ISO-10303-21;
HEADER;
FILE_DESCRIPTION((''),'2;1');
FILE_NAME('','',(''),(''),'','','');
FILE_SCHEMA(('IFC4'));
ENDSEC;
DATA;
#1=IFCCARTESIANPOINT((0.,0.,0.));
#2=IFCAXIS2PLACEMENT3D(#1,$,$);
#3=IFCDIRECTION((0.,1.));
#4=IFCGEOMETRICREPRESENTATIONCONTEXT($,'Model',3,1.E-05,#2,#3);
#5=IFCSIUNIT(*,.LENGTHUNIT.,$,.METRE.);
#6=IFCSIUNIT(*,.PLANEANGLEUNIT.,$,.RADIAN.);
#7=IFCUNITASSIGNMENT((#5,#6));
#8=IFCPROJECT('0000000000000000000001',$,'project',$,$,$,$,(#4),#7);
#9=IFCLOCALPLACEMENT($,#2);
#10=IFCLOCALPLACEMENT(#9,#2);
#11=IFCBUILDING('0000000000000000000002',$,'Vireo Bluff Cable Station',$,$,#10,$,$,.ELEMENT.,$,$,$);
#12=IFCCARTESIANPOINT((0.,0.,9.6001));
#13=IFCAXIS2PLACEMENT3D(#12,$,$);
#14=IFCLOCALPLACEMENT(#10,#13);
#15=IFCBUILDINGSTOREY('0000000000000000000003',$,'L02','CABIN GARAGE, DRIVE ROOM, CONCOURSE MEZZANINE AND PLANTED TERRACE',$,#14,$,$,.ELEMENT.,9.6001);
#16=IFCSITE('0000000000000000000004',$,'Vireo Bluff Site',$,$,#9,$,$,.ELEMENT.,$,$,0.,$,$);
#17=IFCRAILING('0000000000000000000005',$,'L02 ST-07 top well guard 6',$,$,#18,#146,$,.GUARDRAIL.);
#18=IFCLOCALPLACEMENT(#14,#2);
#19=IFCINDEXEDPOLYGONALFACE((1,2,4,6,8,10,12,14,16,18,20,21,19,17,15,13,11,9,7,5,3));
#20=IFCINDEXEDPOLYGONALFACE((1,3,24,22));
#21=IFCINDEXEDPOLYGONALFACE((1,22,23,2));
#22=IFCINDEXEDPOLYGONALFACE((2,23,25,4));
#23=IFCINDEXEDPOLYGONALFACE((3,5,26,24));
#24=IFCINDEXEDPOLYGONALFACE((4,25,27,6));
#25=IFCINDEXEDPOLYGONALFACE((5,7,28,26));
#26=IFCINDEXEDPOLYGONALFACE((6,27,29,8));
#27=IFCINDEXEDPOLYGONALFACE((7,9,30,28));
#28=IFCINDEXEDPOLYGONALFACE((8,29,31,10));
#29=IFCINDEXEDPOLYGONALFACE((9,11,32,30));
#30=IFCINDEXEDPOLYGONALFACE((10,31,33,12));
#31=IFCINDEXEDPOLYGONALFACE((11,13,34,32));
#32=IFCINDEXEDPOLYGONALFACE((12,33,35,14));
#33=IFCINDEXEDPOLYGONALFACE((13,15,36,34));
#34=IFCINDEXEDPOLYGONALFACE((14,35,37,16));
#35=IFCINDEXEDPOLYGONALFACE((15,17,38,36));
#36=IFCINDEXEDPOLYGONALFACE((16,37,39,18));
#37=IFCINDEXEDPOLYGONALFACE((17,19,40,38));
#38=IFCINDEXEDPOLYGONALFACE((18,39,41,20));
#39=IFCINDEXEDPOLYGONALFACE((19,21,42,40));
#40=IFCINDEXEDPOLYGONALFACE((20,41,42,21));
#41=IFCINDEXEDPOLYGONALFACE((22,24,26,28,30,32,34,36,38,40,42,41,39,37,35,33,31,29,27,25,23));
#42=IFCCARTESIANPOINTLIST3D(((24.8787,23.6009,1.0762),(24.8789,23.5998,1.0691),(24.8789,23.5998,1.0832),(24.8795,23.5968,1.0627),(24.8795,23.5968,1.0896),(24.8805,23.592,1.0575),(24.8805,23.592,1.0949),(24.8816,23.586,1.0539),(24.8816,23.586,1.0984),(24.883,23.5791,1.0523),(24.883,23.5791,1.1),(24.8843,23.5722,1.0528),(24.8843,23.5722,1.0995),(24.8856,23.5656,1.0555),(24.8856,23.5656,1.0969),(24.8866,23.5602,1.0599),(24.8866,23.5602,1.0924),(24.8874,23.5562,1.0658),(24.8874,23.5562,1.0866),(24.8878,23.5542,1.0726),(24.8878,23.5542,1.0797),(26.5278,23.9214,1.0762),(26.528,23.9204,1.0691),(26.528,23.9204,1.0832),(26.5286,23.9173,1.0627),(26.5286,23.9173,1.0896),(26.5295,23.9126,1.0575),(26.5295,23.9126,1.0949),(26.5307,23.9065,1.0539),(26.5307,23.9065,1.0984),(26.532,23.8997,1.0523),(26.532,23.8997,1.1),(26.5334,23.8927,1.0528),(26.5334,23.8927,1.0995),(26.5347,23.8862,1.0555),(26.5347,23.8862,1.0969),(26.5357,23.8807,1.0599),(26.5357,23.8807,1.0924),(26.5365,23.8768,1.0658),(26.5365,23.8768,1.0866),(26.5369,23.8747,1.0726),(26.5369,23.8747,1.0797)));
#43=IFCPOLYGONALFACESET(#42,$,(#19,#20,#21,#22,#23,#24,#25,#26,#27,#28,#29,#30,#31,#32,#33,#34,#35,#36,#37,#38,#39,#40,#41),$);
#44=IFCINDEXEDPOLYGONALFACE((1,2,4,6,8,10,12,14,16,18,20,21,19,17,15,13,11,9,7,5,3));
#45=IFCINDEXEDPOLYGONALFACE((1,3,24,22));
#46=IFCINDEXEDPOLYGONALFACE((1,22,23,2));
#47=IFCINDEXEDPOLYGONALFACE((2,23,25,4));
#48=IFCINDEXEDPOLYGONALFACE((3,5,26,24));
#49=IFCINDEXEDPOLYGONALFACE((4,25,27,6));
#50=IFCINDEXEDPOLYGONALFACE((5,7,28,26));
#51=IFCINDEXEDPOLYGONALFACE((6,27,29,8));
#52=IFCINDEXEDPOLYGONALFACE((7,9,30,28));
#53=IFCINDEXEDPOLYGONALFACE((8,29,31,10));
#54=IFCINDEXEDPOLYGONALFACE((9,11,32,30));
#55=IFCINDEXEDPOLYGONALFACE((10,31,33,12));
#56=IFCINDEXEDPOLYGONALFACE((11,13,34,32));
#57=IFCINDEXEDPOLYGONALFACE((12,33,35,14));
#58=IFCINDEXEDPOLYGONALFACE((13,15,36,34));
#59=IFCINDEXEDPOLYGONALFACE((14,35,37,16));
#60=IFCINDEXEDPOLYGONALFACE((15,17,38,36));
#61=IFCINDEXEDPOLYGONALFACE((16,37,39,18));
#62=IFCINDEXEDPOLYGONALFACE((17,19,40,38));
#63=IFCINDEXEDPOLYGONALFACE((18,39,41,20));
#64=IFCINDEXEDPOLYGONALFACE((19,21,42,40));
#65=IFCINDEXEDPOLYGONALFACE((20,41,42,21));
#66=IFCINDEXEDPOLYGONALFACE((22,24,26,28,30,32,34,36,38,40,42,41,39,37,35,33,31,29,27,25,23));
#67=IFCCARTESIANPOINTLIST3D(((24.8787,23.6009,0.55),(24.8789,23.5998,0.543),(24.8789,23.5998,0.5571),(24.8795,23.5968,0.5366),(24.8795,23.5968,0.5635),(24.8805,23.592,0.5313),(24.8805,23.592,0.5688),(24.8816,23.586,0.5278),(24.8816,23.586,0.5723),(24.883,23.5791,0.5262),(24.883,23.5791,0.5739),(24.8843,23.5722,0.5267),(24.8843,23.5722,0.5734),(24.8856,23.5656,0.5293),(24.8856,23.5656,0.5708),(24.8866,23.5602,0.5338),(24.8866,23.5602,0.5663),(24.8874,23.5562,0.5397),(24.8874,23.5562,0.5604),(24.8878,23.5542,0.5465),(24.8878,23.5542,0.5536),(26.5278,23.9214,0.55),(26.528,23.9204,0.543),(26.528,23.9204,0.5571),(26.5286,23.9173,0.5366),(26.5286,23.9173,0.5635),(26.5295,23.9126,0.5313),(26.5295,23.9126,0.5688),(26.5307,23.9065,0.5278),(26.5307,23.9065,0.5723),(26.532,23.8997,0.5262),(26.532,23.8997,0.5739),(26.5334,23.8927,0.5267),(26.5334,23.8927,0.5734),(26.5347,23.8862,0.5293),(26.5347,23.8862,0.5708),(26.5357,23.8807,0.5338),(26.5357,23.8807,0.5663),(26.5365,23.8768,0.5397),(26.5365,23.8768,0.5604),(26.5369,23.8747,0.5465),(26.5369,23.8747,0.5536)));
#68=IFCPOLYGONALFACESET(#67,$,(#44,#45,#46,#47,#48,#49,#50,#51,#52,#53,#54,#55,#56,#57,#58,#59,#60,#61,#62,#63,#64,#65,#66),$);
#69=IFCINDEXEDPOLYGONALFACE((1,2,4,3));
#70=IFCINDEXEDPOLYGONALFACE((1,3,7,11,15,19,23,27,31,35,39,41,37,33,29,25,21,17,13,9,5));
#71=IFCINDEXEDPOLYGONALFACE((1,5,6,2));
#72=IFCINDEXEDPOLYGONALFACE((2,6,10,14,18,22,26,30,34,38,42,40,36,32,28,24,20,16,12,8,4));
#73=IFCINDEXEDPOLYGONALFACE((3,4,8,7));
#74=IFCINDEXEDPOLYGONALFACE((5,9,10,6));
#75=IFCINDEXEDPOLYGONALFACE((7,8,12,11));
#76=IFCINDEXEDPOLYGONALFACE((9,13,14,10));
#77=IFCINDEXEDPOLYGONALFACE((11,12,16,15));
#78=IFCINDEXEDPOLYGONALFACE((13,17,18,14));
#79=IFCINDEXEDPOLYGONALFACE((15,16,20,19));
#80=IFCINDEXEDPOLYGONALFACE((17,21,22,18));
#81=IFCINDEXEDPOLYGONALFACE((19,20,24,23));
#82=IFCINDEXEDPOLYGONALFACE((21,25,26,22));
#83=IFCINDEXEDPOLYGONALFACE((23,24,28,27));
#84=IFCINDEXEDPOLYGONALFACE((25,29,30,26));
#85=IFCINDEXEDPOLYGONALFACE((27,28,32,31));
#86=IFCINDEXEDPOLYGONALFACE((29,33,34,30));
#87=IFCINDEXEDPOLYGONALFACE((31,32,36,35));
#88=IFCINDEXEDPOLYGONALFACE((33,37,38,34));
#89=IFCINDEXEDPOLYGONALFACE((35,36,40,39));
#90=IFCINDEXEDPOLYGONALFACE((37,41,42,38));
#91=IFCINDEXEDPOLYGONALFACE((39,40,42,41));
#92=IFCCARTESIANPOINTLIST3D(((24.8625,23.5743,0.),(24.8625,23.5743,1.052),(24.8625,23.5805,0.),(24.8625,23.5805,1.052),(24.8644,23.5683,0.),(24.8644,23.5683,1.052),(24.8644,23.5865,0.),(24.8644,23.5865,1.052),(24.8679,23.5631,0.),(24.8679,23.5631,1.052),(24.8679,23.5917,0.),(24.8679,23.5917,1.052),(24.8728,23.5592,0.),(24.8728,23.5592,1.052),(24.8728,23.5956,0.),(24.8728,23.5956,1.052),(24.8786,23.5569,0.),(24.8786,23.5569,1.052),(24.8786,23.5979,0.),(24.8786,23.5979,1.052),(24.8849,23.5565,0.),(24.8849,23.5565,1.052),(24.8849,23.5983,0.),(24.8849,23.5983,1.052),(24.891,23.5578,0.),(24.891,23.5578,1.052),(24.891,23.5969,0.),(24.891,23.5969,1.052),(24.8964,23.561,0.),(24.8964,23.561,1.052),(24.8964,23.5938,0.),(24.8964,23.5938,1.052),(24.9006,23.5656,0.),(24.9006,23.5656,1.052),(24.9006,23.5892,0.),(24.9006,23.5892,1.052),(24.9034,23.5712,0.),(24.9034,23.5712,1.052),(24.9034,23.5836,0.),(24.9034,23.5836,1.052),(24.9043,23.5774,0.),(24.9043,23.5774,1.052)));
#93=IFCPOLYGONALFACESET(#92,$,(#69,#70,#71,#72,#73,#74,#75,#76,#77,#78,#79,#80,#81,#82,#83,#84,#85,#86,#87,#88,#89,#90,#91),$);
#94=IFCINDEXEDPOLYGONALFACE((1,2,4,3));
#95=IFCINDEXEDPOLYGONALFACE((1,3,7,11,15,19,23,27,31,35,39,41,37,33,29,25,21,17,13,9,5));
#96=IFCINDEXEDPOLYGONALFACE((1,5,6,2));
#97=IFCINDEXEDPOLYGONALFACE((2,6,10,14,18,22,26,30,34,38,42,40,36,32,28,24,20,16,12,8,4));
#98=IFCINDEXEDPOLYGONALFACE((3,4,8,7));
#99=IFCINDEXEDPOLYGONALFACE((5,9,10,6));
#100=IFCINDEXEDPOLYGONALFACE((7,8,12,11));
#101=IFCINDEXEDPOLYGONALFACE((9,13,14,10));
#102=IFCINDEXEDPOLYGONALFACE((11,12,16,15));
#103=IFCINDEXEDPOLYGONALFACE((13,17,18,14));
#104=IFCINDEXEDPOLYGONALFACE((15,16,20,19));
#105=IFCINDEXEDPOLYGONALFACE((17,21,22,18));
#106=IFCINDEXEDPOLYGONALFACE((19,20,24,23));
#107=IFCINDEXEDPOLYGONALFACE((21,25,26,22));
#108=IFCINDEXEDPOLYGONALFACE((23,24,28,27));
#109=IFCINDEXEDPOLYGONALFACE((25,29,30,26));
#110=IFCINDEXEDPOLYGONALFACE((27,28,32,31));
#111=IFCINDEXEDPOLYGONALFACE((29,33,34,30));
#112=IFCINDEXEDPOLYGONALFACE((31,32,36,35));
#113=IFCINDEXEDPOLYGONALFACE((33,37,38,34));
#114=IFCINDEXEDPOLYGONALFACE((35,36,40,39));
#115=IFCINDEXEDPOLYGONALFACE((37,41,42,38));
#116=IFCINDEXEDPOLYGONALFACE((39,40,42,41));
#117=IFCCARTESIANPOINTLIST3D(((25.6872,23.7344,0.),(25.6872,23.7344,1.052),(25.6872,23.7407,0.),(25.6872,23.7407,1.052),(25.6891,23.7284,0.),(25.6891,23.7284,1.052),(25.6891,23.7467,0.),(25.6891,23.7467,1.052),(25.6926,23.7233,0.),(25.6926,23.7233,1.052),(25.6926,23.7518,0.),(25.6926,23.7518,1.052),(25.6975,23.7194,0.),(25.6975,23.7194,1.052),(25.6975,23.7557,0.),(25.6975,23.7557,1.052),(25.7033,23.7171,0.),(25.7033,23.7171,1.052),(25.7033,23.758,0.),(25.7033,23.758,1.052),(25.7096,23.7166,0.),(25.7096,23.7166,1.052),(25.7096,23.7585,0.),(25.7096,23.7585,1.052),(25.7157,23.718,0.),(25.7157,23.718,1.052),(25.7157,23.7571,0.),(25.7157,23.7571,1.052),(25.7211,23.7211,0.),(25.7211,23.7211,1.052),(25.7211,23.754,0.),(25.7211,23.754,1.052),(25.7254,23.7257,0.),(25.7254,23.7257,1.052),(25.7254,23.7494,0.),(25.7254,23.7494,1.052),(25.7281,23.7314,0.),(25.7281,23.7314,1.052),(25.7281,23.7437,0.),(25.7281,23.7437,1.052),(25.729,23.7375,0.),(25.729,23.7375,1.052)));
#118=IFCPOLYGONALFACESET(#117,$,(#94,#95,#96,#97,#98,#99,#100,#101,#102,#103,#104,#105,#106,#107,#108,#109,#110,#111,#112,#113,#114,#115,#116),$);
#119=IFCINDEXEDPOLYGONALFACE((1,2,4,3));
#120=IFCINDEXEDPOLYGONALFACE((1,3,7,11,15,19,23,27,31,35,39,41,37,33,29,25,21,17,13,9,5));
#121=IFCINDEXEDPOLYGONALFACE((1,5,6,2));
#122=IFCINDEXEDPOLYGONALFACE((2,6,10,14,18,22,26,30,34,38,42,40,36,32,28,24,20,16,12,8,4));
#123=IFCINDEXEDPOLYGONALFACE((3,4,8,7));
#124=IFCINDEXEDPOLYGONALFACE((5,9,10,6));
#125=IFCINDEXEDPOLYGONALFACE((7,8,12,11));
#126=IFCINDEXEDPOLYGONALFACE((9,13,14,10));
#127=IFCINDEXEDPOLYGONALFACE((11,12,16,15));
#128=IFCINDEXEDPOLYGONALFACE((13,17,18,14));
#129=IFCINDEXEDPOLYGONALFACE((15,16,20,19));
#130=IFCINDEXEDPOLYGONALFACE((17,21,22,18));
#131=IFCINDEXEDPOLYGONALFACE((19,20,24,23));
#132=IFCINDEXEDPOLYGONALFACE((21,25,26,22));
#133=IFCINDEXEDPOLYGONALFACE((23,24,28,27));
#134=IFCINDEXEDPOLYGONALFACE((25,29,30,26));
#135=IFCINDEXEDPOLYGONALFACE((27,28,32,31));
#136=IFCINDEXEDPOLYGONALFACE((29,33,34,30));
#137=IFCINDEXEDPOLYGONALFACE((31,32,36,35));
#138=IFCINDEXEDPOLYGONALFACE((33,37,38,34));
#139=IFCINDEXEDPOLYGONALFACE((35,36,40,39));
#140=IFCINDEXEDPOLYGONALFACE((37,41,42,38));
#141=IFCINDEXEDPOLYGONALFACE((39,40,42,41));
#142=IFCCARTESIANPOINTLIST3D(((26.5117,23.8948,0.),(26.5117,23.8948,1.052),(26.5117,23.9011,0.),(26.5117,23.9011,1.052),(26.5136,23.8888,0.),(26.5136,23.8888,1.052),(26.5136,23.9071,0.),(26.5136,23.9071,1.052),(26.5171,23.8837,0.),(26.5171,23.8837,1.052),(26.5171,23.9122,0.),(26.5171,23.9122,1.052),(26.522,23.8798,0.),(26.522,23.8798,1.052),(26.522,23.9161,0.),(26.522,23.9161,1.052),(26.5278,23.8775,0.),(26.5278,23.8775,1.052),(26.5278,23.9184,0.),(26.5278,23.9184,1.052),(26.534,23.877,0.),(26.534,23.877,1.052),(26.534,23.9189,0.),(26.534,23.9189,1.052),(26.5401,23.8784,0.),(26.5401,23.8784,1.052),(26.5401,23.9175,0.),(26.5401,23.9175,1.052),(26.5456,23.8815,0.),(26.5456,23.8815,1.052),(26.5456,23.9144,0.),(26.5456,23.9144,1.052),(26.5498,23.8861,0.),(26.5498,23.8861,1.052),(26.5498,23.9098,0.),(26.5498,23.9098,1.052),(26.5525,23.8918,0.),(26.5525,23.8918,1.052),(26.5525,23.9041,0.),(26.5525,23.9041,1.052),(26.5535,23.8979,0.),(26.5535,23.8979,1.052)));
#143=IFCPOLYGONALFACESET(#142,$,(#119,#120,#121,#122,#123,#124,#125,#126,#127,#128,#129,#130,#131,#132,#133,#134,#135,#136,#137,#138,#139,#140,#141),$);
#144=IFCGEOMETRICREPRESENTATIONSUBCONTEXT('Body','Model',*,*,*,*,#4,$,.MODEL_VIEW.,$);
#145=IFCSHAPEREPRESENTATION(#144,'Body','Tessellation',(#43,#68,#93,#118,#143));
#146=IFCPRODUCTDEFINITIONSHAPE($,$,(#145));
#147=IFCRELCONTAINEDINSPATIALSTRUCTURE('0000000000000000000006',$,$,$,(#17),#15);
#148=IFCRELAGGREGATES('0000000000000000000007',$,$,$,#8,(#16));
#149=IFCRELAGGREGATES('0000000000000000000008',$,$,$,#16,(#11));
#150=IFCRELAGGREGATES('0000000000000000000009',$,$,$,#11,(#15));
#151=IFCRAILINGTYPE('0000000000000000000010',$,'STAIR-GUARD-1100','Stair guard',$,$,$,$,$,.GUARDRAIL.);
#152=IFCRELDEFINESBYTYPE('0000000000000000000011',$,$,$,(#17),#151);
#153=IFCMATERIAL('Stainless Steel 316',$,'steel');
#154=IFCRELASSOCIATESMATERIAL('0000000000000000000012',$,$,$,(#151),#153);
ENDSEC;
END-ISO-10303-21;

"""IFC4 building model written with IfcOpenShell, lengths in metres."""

from ifc_helpers import new_model, si_unit, direction, frame, origin, origin_2d, place, context, subcontext, project, spatial, circle, extrude, material, type_object, element, save


model = new_model("IFC4")

# Units and contexts
model_context = context("Model", 3, precision=1e-05, world=origin(), true_north=direction((0.0, 1.0)))
body_context = subcontext(model_context, "Body", "Model", "MODEL_VIEW")
ifc_project = project(units=[si_unit("LENGTHUNIT", "METRE"), si_unit("PLANEANGLEUNIT", "RADIAN")], contexts=[model_context])

# Site, building, storey
site_placement = place(None, origin())
site = spatial("IfcSite", under=ifc_project, at=site_placement, Name="Vireo Bluff Site", CompositionType="ELEMENT", RefElevation=0.0)
building_placement = place(site_placement, origin())
building = spatial("IfcBuilding", under=site, at=building_placement, Name="Vireo Bluff Cable Station", CompositionType="ELEMENT")
storey_placement = place(building_placement, frame((0.0, 0.0, 9.6001)))
storey = spatial("IfcBuildingStorey", under=building, at=storey_placement, Name="L02", Description="CABIN GARAGE, DRIVE ROOM, CONCOURSE MEZZANINE AND PLANTED TERRACE", CompositionType="ELEMENT", Elevation=9.6001)

# Railing
ifc_material_1 = material(Name="Stainless Steel 316", Category="steel")
railing_type = type_object("IfcRailingType", Name="STAIR-GUARD-1100", Description="Stair guard", PredefinedType="GUARDRAIL", material=ifc_material_1)
railing_placement = place(storey_placement, frame((24.8833, 23.5774, 0.0)))
element("IfcRailing", 1, at=railing_placement, inside=storey, type_object=railing_type, Name="L02 ST-07 top well guard 6", PredefinedType="GUARDRAIL", context=body_context, shape_type="SweptSolid", body=[
    extrude(circle(Radius=0.0239, at=origin_2d()), frame((0.0, 0.0, 1.0762), z_axis=(0.981628, 0.190804, 0.0), x_axis=(-0.190804, 0.981628, 0.0)), (0.0, 0.0, 1.0), 1.6799),
    extrude(circle(Radius=0.0239, at=origin_2d()), frame((0.0, 0.0, 0.55), z_axis=(0.981628, 0.190804, 0.0), x_axis=(-0.190804, 0.981628, 0.0)), (0.0, 0.0, 1.0), 1.6799),
    extrude(circle(Radius=0.021, at=origin_2d()), origin(), (0.0, 0.0, 1.0), 1.052),
    extrude(circle(Radius=0.021, at=origin_2d()), frame((0.8247, 0.1602, 0.0)), (0.0, 0.0, 1.0), 1.052),
    extrude(circle(Radius=0.021, at=origin_2d()), frame((1.6492, 0.3206, 0.0)), (0.0, 0.0, 1.0), 1.052),
])

save(model, "model.ifc")
